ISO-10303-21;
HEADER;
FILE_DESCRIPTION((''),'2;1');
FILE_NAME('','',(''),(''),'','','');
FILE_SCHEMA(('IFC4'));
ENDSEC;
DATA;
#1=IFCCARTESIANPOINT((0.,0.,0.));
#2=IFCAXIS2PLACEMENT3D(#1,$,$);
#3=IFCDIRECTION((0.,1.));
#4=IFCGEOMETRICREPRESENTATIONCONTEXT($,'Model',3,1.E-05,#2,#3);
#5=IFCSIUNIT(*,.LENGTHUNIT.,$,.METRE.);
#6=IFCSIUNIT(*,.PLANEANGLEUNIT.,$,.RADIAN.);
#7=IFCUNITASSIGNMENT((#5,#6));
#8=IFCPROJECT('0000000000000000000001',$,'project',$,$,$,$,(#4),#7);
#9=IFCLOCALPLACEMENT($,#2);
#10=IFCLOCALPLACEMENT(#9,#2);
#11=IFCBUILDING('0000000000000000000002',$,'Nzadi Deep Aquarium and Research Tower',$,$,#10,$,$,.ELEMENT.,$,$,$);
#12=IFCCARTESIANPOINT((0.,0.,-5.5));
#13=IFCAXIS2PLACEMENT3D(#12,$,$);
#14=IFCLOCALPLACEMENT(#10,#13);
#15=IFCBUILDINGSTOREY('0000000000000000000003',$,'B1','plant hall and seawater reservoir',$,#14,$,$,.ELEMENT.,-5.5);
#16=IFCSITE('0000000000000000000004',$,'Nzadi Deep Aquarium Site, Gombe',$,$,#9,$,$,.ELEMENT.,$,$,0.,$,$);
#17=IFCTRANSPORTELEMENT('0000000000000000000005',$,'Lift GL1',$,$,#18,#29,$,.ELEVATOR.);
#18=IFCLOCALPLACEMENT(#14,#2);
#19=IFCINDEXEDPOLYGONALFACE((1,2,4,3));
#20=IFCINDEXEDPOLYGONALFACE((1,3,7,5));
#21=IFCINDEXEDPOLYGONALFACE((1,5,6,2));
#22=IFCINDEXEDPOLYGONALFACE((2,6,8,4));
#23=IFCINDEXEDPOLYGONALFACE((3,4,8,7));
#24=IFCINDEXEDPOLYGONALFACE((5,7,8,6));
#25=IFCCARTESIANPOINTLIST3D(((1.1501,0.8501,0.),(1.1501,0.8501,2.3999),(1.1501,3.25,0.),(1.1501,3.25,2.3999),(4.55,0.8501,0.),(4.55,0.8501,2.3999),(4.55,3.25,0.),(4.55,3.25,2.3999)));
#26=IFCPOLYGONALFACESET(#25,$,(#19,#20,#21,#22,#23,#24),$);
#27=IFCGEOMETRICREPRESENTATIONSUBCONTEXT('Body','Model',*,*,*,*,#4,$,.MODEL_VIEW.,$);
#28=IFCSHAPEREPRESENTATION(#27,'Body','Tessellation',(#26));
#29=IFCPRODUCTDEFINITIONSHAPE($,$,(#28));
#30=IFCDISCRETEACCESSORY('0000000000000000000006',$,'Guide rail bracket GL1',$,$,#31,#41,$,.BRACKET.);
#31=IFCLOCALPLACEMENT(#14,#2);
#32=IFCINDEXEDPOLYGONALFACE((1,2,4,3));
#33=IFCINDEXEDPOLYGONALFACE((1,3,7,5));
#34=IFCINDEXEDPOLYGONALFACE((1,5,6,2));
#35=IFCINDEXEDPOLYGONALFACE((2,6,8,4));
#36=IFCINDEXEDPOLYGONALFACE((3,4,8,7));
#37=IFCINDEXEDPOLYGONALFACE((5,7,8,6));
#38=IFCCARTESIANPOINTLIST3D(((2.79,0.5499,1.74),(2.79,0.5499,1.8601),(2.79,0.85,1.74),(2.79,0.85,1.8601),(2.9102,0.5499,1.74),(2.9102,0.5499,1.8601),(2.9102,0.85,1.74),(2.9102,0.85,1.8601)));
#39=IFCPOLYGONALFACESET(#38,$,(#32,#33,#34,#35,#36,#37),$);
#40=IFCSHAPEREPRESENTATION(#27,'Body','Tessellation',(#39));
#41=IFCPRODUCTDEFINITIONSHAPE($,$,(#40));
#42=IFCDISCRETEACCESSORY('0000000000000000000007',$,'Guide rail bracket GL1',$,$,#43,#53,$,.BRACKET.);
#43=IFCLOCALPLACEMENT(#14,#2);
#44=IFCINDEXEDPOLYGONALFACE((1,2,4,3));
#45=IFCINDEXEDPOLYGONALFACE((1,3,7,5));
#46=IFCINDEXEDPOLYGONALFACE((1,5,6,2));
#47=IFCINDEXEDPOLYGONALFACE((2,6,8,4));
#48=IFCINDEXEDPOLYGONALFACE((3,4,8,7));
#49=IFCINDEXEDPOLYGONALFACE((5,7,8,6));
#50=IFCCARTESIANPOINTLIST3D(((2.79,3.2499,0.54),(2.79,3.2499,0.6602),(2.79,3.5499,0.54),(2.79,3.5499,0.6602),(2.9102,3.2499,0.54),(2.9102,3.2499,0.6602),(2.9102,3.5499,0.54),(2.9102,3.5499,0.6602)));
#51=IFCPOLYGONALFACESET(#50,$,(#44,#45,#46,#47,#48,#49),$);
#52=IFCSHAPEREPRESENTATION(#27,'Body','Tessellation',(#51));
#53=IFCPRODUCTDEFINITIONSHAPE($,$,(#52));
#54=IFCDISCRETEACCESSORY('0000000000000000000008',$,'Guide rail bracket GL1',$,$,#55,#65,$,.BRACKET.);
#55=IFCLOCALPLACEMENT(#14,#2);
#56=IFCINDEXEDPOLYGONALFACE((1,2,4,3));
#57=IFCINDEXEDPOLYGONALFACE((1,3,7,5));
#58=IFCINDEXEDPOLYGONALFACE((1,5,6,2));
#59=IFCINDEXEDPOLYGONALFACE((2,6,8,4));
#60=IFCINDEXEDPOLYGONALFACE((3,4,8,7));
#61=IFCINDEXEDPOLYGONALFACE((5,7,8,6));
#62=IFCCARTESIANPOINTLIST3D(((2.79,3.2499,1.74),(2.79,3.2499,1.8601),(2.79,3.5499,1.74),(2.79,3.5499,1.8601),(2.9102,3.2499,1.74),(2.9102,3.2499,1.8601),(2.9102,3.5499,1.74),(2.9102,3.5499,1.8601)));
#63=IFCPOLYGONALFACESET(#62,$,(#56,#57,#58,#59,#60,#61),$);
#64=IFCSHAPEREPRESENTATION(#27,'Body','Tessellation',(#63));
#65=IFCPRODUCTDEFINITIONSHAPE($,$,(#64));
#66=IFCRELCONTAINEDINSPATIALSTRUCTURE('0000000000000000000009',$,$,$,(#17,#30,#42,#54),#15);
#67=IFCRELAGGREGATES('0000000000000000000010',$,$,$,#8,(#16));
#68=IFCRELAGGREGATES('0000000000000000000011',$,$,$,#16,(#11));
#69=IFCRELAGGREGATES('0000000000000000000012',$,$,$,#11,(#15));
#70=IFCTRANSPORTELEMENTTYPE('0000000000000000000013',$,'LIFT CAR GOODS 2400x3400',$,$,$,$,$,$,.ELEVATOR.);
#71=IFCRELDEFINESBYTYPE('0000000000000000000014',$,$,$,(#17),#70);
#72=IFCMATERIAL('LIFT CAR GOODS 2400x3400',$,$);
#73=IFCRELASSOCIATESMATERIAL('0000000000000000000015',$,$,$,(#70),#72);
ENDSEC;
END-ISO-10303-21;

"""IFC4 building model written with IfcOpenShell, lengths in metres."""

from ifc_helpers import new_model, si_unit, direction, frame, origin, origin_2d, place, context, subcontext, project, spatial, rectangle, extrude, material, type_object, element, save


model = new_model("IFC4")

# Units and contexts
model_context = context("Model", 3, precision=1e-05, world=origin(), true_north=direction((0.0, 1.0)))
body_context = subcontext(model_context, "Body", "Model", "MODEL_VIEW")
ifc_project = project(units=[si_unit("LENGTHUNIT", "METRE"), si_unit("PLANEANGLEUNIT", "RADIAN")], contexts=[model_context])

# Site, building, storey
site_placement = place(None, origin())
site = spatial("IfcSite", under=ifc_project, at=site_placement, Name="Nzadi Deep Aquarium Site, Gombe", CompositionType="ELEMENT", RefElevation=0.0)
building_placement = place(site_placement, origin())
building = spatial("IfcBuilding", under=site, at=building_placement, Name="Nzadi Deep Aquarium and Research Tower", CompositionType="ELEMENT")
storey_placement = place(building_placement, frame((0.0, 0.0, -5.5)))
storey = spatial("IfcBuildingStorey", under=building, at=storey_placement, Name="B1", Description="plant hall and seawater reservoir", CompositionType="ELEMENT", Elevation=-5.5)

# Transport element
ifc_material_1 = material(Name="LIFT CAR GOODS 2400x3400")
transport_element_type = type_object("IfcTransportElementType", Name="LIFT CAR GOODS 2400x3400", PredefinedType="ELEVATOR", material=ifc_material_1)
transport_element_placement = place(storey_placement, frame((2.8501, 2.05, 0.0), z_axis=(0.0, 0.0, 1.0), x_axis=(1.0, 0.0, 0.0)))
element("IfcTransportElement", 1, at=transport_element_placement, inside=storey, type_object=transport_element_type, Name="Lift GL1", PredefinedType="ELEVATOR", context=body_context, shape_type="SweptSolid", body=[
    extrude(rectangle(XDim=3.3999, YDim=2.3999, at=origin_2d()), origin(), (0.0, 0.0, 1.0), 2.3999),
])

# Discrete accessories
for number, where, z_axis, x_axis, name in (
    (2, (2.8501, 0.7, 1.74), (0.0, 0.0, 1.0), (1.0, 0.0, 0.0), "Guide rail bracket GL1"),
    (3, (2.8501, 3.3999, 0.54), (0.0, 0.0, 1.0), (1.0, 0.0, 0.0), "Guide rail bracket GL1"),
    (4, (2.8501, 3.3999, 1.74), (0.0, 0.0, 1.0), (1.0, 0.0, 0.0), "Guide rail bracket GL1"),
):
    element("IfcDiscreteAccessory", number, at=place(storey_placement, frame(where, z_axis=z_axis, x_axis=x_axis)), inside=storey, Name=name, PredefinedType="BRACKET", context=body_context, shape_type="SweptSolid", body=[
        extrude(rectangle(XDim=0.1201, YDim=0.3, at=origin_2d()), origin(), (0.0, 0.0, 1.0), 0.1201),
    ])

save(model, "model.ifc")
